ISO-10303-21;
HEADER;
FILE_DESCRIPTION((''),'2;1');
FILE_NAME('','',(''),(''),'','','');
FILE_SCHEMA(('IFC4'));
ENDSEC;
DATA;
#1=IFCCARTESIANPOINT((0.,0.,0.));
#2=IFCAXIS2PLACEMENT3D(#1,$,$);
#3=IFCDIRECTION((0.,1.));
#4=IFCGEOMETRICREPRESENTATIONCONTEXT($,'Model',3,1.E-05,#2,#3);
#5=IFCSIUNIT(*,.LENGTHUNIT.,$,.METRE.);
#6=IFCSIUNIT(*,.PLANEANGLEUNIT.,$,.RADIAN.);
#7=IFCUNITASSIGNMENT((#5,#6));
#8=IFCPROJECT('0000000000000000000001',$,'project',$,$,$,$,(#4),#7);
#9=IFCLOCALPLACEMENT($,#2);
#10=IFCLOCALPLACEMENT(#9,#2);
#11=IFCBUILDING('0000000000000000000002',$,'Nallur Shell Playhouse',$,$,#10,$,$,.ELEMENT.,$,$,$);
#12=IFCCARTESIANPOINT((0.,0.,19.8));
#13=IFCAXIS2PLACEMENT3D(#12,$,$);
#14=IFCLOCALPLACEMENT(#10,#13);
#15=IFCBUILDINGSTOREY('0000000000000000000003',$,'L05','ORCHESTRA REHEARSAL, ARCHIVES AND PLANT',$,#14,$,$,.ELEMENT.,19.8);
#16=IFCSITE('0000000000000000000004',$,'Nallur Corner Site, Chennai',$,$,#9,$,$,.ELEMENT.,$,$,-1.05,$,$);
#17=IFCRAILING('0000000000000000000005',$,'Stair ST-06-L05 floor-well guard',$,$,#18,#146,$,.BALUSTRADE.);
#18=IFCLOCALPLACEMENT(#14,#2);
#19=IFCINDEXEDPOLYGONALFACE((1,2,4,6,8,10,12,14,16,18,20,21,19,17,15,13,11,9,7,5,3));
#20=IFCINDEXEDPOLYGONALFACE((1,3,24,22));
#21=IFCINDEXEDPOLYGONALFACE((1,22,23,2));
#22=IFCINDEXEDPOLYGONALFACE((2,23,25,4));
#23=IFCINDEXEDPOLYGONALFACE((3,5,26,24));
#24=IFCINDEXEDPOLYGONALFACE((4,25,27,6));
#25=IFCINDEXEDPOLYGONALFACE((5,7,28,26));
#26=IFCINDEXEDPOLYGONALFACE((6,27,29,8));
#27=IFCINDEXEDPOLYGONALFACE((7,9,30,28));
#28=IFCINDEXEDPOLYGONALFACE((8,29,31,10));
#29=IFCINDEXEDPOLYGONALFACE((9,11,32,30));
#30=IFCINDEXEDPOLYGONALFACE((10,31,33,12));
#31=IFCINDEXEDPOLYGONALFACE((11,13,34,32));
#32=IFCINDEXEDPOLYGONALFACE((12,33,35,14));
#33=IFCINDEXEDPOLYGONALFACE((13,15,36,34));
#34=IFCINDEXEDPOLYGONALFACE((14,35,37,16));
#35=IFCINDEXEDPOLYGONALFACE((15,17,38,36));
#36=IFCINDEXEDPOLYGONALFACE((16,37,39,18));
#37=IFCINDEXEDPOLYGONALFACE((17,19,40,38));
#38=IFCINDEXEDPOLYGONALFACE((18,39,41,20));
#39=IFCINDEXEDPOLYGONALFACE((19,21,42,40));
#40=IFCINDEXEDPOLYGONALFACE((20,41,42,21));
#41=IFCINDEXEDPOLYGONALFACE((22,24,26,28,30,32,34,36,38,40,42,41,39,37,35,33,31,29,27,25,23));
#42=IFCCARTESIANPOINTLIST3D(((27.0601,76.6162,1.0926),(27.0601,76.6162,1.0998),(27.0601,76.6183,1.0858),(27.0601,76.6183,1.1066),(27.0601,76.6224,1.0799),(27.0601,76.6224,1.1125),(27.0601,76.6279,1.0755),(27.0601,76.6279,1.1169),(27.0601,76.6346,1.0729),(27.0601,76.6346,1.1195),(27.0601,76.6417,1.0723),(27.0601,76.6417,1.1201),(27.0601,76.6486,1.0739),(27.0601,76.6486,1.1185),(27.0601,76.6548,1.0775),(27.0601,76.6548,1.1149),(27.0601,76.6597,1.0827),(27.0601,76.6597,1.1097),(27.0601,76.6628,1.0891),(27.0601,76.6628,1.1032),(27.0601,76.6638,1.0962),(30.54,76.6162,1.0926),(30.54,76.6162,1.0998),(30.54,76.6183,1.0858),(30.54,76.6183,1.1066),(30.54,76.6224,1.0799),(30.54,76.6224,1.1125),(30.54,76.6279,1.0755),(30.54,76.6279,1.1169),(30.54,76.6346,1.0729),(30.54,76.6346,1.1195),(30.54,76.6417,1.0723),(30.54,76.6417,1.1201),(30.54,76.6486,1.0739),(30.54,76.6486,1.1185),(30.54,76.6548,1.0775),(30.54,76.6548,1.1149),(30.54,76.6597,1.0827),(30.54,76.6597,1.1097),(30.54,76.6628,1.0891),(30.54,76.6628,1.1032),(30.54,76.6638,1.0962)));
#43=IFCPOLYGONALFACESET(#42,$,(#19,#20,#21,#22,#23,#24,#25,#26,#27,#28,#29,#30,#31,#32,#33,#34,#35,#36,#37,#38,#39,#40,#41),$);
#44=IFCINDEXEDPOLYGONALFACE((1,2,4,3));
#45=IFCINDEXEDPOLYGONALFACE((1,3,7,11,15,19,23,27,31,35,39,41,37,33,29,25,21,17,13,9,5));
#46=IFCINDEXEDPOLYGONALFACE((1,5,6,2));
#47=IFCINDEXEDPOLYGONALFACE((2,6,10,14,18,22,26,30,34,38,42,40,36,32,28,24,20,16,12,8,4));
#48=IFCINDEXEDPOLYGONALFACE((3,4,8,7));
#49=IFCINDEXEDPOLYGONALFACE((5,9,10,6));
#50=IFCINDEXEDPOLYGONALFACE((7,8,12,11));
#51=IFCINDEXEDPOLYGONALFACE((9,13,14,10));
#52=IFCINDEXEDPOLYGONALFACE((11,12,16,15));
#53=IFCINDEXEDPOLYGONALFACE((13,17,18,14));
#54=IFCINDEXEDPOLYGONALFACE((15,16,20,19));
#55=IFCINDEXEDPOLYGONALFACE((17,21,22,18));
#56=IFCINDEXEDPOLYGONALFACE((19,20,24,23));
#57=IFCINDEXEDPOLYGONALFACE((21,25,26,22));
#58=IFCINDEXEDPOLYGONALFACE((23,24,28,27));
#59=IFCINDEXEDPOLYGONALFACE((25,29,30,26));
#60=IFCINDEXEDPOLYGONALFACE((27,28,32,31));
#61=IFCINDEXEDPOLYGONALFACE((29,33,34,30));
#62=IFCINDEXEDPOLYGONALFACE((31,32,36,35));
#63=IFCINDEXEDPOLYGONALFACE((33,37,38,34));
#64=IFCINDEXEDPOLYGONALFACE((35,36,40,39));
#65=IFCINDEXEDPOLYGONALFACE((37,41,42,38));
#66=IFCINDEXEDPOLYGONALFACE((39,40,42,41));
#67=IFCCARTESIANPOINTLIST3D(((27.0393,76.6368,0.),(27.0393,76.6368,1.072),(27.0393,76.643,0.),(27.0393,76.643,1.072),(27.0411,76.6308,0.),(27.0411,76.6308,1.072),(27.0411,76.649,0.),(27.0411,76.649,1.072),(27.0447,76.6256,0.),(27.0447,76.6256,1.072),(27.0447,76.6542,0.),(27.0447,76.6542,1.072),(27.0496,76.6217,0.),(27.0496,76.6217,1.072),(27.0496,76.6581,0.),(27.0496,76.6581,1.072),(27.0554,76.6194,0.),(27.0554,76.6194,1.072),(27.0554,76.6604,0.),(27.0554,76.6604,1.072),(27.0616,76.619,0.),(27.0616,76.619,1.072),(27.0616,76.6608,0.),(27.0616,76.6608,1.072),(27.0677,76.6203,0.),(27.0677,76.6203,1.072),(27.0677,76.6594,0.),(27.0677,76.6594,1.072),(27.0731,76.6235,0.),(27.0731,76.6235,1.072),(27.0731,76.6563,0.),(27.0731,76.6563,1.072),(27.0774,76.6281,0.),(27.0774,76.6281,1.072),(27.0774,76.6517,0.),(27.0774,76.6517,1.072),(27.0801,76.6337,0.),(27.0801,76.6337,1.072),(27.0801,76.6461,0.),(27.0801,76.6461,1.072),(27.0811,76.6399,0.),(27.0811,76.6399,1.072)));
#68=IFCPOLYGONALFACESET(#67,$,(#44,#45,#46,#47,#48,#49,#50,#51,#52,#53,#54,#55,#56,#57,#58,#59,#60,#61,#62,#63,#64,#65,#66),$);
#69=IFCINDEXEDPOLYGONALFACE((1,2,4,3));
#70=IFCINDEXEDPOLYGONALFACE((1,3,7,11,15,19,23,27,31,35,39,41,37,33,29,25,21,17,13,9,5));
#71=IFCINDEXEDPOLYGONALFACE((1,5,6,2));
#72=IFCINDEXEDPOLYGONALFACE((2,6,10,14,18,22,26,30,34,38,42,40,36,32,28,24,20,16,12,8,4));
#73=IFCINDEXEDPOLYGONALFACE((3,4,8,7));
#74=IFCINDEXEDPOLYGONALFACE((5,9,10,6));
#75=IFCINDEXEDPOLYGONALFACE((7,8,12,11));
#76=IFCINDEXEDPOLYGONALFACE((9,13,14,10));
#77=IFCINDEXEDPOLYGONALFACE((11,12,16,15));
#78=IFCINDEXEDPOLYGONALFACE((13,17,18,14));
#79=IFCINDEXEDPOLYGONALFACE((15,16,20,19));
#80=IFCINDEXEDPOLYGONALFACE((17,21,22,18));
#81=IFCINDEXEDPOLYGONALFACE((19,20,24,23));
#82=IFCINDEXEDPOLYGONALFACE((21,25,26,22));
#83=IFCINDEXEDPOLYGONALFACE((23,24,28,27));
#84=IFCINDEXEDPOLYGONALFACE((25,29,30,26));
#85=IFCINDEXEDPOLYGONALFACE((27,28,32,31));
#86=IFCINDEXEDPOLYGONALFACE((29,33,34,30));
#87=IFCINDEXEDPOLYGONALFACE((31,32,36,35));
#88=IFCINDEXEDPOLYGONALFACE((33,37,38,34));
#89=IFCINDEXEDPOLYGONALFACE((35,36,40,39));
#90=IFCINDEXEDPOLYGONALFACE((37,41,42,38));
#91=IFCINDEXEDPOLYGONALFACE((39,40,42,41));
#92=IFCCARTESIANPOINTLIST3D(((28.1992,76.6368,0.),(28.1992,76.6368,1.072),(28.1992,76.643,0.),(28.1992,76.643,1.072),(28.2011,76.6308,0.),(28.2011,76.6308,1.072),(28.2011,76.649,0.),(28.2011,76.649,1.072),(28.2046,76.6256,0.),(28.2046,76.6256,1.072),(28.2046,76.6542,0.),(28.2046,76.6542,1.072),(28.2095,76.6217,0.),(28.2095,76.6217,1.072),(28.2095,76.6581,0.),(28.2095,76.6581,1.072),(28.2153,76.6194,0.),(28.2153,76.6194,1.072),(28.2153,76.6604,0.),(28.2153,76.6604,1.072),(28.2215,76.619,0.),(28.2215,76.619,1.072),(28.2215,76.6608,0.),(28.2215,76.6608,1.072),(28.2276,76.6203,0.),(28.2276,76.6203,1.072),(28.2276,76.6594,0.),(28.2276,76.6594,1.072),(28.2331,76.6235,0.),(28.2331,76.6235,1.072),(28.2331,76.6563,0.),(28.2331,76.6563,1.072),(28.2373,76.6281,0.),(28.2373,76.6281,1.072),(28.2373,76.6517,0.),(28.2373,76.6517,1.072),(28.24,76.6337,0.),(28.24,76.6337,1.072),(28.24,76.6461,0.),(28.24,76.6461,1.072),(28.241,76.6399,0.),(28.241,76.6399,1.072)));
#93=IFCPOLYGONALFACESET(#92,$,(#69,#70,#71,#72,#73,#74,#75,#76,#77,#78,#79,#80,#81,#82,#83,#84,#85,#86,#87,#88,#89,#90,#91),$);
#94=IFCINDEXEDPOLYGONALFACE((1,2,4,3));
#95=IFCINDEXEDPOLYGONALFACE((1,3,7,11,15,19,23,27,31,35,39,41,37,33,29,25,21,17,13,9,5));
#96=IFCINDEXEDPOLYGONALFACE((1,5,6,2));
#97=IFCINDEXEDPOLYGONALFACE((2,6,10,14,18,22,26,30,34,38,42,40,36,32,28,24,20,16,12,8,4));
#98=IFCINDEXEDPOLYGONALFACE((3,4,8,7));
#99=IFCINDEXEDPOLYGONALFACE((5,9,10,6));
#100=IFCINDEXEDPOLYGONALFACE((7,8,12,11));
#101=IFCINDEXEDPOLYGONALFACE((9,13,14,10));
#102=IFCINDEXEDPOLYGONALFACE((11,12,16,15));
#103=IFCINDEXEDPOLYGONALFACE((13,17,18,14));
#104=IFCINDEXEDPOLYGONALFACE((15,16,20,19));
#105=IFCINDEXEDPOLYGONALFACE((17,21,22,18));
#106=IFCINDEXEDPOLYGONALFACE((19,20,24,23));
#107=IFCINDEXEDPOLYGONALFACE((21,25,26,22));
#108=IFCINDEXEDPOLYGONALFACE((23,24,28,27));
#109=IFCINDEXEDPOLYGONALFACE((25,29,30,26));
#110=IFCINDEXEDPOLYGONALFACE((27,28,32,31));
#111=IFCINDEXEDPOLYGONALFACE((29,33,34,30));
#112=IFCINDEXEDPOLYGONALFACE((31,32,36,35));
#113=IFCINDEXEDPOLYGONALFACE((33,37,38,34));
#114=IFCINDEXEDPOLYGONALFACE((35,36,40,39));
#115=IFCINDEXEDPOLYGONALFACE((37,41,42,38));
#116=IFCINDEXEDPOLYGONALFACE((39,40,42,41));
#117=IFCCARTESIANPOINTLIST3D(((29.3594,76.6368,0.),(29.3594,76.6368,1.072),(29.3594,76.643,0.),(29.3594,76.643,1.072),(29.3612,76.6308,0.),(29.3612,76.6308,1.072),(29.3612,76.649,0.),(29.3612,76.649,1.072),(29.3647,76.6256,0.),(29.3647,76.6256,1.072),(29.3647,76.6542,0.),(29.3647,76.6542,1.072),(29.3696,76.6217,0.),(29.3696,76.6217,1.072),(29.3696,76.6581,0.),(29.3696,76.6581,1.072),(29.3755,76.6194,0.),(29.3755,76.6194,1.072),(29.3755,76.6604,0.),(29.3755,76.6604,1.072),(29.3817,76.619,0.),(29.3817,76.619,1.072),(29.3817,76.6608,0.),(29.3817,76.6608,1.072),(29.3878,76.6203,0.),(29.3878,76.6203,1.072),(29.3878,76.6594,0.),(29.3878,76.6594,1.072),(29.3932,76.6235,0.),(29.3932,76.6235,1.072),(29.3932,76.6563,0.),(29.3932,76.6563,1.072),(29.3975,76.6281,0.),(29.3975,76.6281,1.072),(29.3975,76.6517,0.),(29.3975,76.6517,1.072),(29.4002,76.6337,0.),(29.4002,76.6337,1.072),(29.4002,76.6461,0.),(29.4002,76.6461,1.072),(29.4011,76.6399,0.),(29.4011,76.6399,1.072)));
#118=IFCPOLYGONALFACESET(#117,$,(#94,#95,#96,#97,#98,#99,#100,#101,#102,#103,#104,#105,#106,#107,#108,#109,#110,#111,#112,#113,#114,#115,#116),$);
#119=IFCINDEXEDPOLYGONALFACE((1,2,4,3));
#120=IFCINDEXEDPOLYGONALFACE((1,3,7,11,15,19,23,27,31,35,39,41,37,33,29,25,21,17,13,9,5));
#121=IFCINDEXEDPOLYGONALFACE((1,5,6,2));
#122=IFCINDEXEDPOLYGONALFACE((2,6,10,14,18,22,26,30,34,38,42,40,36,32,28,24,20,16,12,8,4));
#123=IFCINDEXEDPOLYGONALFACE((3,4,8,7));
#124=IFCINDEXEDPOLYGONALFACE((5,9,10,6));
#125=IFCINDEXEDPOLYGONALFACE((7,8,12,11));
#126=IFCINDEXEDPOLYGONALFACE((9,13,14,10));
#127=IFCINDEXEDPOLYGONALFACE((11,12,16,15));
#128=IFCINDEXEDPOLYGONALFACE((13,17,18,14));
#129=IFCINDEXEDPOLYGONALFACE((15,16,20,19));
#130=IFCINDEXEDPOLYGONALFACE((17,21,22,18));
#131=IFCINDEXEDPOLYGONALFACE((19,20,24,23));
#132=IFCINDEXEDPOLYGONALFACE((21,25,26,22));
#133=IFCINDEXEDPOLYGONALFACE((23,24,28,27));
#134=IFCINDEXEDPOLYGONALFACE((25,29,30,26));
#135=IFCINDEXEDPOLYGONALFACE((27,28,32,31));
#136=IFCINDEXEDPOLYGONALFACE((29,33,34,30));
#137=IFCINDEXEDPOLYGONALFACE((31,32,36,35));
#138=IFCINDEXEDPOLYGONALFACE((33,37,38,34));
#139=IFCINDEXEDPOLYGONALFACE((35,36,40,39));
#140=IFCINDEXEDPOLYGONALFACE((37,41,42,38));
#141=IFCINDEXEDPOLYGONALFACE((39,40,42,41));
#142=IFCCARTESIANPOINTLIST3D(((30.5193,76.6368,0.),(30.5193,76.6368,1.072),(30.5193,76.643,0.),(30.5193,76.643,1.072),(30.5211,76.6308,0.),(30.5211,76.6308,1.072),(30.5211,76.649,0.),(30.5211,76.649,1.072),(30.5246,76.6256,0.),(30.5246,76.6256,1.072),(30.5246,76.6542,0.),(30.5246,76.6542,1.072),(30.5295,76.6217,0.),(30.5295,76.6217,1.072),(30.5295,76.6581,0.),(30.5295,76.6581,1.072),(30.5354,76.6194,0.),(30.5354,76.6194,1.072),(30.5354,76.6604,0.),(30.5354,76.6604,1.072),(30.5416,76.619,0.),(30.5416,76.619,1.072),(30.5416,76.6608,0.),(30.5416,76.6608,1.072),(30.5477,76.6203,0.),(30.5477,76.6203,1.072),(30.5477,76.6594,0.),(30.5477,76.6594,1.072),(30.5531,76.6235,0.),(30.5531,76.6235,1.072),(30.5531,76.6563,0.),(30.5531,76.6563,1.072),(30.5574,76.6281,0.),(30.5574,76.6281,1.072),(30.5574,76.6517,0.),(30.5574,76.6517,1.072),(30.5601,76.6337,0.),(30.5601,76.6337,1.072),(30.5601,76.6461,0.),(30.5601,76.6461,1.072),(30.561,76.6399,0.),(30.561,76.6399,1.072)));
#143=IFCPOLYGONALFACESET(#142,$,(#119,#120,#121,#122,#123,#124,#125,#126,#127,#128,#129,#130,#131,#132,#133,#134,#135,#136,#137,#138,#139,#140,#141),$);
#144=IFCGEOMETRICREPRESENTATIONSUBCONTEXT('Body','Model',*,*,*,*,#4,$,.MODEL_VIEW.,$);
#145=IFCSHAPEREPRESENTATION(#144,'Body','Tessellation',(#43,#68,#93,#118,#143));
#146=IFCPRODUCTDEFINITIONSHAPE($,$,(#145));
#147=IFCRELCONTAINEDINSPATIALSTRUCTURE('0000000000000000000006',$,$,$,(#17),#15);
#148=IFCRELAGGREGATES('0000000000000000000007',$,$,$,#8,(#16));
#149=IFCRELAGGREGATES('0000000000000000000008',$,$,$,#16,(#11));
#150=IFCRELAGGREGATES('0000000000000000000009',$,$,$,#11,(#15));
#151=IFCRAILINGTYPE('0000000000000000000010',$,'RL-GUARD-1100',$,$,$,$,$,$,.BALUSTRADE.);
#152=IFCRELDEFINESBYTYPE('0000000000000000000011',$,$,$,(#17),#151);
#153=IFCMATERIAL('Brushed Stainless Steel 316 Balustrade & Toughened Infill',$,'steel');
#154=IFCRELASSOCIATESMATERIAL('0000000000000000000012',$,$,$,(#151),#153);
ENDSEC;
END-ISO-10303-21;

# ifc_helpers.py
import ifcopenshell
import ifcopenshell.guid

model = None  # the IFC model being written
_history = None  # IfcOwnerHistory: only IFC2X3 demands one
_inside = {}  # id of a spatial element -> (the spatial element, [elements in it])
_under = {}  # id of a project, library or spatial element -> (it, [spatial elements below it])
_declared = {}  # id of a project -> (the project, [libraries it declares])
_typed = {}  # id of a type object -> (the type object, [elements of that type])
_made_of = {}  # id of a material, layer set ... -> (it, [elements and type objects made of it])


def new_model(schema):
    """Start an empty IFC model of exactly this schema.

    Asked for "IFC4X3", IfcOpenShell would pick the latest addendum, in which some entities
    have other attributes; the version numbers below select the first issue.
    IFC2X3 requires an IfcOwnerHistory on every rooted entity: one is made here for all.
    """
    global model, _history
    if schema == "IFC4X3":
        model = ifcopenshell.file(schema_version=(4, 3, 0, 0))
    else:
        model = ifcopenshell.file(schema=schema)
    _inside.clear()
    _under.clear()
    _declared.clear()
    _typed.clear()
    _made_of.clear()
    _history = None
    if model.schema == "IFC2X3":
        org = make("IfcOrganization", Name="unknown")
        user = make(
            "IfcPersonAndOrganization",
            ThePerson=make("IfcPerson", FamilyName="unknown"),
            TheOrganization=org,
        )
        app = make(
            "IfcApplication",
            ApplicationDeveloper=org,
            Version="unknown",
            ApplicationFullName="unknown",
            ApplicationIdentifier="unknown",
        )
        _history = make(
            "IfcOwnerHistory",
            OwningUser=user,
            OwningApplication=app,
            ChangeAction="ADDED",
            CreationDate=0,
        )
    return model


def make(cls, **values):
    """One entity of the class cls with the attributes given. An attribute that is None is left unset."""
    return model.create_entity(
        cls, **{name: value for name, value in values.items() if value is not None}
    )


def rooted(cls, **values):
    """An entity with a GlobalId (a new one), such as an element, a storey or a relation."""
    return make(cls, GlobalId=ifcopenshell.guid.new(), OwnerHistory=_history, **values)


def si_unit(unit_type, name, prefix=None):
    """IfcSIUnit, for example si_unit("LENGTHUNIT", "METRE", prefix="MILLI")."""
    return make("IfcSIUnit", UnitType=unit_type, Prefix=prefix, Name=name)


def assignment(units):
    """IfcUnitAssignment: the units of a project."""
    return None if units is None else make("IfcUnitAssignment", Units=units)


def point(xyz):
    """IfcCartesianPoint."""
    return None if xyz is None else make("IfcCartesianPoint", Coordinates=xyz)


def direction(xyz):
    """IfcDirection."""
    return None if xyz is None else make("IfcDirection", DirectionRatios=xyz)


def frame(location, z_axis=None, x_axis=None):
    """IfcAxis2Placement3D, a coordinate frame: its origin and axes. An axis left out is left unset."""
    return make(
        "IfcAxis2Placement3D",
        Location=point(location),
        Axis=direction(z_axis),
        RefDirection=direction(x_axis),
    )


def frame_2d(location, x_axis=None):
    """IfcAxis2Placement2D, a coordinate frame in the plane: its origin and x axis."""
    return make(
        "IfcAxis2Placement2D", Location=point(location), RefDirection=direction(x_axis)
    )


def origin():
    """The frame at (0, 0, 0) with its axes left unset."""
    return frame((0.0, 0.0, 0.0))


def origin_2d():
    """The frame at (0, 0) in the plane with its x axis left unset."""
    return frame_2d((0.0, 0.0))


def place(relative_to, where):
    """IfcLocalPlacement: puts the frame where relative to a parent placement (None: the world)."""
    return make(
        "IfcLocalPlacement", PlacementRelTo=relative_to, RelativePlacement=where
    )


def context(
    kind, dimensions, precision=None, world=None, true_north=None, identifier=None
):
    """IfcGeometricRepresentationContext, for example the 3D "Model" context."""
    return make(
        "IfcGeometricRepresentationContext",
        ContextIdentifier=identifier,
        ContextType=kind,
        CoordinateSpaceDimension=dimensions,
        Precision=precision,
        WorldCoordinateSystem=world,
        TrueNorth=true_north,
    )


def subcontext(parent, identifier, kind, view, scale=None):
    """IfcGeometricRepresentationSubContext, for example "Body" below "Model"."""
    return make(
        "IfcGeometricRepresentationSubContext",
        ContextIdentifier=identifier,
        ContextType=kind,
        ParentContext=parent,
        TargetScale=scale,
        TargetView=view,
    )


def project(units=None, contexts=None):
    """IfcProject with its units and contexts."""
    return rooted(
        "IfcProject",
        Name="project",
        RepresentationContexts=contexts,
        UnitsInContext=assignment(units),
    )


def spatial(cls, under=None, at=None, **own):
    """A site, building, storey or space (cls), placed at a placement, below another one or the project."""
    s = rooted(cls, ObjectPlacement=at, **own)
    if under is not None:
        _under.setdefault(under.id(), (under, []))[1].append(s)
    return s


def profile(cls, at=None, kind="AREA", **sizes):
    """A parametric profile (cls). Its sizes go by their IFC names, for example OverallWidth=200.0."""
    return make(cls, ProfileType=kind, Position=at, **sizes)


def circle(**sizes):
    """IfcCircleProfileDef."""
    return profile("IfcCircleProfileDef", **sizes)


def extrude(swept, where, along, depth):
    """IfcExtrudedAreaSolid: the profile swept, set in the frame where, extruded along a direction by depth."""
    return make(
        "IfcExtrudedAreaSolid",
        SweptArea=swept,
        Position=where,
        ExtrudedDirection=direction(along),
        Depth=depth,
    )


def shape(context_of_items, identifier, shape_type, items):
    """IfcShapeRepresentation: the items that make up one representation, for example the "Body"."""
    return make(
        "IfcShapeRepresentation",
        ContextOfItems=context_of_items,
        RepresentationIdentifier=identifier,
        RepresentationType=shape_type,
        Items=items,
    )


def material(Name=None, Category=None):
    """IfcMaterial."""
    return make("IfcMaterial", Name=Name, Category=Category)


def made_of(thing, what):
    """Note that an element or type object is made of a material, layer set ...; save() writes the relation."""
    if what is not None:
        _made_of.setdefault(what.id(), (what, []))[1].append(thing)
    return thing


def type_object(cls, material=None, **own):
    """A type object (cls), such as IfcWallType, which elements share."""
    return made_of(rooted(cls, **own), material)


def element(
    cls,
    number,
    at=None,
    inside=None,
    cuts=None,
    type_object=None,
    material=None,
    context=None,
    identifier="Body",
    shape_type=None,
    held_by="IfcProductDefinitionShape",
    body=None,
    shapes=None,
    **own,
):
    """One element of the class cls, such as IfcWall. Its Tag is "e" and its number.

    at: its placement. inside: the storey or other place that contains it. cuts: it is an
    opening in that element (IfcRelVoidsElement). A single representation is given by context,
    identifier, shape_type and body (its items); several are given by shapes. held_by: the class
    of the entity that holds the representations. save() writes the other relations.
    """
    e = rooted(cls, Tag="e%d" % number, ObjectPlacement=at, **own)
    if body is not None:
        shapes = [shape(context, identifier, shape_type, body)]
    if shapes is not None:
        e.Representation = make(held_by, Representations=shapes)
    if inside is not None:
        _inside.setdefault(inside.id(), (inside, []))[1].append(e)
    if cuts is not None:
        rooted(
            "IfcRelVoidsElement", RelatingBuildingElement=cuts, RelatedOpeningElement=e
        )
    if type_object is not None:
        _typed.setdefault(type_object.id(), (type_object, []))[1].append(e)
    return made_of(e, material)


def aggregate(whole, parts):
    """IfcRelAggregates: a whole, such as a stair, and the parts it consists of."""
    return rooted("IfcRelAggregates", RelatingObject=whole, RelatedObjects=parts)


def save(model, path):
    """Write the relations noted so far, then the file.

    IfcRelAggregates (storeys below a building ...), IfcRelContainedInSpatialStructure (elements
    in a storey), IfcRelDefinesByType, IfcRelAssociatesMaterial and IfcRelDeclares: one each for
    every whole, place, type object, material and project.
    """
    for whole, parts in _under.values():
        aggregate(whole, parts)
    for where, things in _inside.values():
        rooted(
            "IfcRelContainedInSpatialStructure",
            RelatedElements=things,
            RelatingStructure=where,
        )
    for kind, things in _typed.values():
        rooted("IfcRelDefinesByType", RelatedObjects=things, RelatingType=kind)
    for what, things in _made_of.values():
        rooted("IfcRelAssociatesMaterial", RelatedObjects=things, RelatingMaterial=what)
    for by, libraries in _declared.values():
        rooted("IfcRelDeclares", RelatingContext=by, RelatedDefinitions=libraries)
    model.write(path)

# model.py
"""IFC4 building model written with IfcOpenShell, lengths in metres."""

from ifc_helpers import new_model, si_unit, direction, frame, origin, origin_2d, place, context, subcontext, project, spatial, circle, extrude, material, type_object, element, save


model = new_model("IFC4")

# Units and contexts
model_context = context("Model", 3, precision=1e-05, world=origin(), true_north=direction((0.0, 1.0)))
body_context = subcontext(model_context, "Body", "Model", "MODEL_VIEW")
ifc_project = project(units=[si_unit("LENGTHUNIT", "METRE"), si_unit("PLANEANGLEUNIT", "RADIAN")], contexts=[model_context])

# Site, building, storey
site_placement = place(None, origin())
site = spatial("IfcSite", under=ifc_project, at=site_placement, Name="Nallur Corner Site, Chennai", CompositionType="ELEMENT", RefElevation=-1.05)
building_placement = place(site_placement, origin())
building = spatial("IfcBuilding", under=site, at=building_placement, Name="Nallur Shell Playhouse", CompositionType="ELEMENT")
storey_placement = place(building_placement, frame((0.0, 0.0, 19.8)))
storey = spatial("IfcBuildingStorey", under=building, at=storey_placement, Name="L05", Description="ORCHESTRA REHEARSAL, ARCHIVES AND PLANT", CompositionType="ELEMENT", Elevation=19.8)

# Railing
ifc_material_1 = material(Name="Brushed Stainless Steel 316 Balustrade & Toughened Infill", Category="steel")
railing_type = type_object("IfcRailingType", Name="RL-GUARD-1100", PredefinedType="BALUSTRADE", material=ifc_material_1)
railing_placement = place(storey_placement, frame((27.0601, 76.6399, 0.0)))
element("IfcRailing", 1, at=railing_placement, inside=storey, type_object=railing_type, Name="Stair ST-06-L05 floor-well guard", PredefinedType="BALUSTRADE", context=body_context, shape_type="SweptSolid", body=[
    extrude(circle(Radius=0.0239, at=origin_2d()), frame((0.0, 0.0, 1.0962), z_axis=(1.0, 0.0, 0.0), x_axis=(0.0, 1.0, 0.0)), (0.0, 0.0, 1.0), 3.48),
    extrude(circle(Radius=0.021, at=origin_2d()), origin(), (0.0, 0.0, 1.0), 1.072),
    extrude(circle(Radius=0.021, at=origin_2d()), frame((1.1599, 0.0, 0.0)), (0.0, 0.0, 1.0), 1.072),
    extrude(circle(Radius=0.021, at=origin_2d()), frame((2.3201, 0.0, 0.0)), (0.0, 0.0, 1.0), 1.072),
    extrude(circle(Radius=0.021, at=origin_2d()), frame((3.48, 0.0, 0.0)), (0.0, 0.0, 1.0), 1.072),
])

save(model, "model.ifc")
